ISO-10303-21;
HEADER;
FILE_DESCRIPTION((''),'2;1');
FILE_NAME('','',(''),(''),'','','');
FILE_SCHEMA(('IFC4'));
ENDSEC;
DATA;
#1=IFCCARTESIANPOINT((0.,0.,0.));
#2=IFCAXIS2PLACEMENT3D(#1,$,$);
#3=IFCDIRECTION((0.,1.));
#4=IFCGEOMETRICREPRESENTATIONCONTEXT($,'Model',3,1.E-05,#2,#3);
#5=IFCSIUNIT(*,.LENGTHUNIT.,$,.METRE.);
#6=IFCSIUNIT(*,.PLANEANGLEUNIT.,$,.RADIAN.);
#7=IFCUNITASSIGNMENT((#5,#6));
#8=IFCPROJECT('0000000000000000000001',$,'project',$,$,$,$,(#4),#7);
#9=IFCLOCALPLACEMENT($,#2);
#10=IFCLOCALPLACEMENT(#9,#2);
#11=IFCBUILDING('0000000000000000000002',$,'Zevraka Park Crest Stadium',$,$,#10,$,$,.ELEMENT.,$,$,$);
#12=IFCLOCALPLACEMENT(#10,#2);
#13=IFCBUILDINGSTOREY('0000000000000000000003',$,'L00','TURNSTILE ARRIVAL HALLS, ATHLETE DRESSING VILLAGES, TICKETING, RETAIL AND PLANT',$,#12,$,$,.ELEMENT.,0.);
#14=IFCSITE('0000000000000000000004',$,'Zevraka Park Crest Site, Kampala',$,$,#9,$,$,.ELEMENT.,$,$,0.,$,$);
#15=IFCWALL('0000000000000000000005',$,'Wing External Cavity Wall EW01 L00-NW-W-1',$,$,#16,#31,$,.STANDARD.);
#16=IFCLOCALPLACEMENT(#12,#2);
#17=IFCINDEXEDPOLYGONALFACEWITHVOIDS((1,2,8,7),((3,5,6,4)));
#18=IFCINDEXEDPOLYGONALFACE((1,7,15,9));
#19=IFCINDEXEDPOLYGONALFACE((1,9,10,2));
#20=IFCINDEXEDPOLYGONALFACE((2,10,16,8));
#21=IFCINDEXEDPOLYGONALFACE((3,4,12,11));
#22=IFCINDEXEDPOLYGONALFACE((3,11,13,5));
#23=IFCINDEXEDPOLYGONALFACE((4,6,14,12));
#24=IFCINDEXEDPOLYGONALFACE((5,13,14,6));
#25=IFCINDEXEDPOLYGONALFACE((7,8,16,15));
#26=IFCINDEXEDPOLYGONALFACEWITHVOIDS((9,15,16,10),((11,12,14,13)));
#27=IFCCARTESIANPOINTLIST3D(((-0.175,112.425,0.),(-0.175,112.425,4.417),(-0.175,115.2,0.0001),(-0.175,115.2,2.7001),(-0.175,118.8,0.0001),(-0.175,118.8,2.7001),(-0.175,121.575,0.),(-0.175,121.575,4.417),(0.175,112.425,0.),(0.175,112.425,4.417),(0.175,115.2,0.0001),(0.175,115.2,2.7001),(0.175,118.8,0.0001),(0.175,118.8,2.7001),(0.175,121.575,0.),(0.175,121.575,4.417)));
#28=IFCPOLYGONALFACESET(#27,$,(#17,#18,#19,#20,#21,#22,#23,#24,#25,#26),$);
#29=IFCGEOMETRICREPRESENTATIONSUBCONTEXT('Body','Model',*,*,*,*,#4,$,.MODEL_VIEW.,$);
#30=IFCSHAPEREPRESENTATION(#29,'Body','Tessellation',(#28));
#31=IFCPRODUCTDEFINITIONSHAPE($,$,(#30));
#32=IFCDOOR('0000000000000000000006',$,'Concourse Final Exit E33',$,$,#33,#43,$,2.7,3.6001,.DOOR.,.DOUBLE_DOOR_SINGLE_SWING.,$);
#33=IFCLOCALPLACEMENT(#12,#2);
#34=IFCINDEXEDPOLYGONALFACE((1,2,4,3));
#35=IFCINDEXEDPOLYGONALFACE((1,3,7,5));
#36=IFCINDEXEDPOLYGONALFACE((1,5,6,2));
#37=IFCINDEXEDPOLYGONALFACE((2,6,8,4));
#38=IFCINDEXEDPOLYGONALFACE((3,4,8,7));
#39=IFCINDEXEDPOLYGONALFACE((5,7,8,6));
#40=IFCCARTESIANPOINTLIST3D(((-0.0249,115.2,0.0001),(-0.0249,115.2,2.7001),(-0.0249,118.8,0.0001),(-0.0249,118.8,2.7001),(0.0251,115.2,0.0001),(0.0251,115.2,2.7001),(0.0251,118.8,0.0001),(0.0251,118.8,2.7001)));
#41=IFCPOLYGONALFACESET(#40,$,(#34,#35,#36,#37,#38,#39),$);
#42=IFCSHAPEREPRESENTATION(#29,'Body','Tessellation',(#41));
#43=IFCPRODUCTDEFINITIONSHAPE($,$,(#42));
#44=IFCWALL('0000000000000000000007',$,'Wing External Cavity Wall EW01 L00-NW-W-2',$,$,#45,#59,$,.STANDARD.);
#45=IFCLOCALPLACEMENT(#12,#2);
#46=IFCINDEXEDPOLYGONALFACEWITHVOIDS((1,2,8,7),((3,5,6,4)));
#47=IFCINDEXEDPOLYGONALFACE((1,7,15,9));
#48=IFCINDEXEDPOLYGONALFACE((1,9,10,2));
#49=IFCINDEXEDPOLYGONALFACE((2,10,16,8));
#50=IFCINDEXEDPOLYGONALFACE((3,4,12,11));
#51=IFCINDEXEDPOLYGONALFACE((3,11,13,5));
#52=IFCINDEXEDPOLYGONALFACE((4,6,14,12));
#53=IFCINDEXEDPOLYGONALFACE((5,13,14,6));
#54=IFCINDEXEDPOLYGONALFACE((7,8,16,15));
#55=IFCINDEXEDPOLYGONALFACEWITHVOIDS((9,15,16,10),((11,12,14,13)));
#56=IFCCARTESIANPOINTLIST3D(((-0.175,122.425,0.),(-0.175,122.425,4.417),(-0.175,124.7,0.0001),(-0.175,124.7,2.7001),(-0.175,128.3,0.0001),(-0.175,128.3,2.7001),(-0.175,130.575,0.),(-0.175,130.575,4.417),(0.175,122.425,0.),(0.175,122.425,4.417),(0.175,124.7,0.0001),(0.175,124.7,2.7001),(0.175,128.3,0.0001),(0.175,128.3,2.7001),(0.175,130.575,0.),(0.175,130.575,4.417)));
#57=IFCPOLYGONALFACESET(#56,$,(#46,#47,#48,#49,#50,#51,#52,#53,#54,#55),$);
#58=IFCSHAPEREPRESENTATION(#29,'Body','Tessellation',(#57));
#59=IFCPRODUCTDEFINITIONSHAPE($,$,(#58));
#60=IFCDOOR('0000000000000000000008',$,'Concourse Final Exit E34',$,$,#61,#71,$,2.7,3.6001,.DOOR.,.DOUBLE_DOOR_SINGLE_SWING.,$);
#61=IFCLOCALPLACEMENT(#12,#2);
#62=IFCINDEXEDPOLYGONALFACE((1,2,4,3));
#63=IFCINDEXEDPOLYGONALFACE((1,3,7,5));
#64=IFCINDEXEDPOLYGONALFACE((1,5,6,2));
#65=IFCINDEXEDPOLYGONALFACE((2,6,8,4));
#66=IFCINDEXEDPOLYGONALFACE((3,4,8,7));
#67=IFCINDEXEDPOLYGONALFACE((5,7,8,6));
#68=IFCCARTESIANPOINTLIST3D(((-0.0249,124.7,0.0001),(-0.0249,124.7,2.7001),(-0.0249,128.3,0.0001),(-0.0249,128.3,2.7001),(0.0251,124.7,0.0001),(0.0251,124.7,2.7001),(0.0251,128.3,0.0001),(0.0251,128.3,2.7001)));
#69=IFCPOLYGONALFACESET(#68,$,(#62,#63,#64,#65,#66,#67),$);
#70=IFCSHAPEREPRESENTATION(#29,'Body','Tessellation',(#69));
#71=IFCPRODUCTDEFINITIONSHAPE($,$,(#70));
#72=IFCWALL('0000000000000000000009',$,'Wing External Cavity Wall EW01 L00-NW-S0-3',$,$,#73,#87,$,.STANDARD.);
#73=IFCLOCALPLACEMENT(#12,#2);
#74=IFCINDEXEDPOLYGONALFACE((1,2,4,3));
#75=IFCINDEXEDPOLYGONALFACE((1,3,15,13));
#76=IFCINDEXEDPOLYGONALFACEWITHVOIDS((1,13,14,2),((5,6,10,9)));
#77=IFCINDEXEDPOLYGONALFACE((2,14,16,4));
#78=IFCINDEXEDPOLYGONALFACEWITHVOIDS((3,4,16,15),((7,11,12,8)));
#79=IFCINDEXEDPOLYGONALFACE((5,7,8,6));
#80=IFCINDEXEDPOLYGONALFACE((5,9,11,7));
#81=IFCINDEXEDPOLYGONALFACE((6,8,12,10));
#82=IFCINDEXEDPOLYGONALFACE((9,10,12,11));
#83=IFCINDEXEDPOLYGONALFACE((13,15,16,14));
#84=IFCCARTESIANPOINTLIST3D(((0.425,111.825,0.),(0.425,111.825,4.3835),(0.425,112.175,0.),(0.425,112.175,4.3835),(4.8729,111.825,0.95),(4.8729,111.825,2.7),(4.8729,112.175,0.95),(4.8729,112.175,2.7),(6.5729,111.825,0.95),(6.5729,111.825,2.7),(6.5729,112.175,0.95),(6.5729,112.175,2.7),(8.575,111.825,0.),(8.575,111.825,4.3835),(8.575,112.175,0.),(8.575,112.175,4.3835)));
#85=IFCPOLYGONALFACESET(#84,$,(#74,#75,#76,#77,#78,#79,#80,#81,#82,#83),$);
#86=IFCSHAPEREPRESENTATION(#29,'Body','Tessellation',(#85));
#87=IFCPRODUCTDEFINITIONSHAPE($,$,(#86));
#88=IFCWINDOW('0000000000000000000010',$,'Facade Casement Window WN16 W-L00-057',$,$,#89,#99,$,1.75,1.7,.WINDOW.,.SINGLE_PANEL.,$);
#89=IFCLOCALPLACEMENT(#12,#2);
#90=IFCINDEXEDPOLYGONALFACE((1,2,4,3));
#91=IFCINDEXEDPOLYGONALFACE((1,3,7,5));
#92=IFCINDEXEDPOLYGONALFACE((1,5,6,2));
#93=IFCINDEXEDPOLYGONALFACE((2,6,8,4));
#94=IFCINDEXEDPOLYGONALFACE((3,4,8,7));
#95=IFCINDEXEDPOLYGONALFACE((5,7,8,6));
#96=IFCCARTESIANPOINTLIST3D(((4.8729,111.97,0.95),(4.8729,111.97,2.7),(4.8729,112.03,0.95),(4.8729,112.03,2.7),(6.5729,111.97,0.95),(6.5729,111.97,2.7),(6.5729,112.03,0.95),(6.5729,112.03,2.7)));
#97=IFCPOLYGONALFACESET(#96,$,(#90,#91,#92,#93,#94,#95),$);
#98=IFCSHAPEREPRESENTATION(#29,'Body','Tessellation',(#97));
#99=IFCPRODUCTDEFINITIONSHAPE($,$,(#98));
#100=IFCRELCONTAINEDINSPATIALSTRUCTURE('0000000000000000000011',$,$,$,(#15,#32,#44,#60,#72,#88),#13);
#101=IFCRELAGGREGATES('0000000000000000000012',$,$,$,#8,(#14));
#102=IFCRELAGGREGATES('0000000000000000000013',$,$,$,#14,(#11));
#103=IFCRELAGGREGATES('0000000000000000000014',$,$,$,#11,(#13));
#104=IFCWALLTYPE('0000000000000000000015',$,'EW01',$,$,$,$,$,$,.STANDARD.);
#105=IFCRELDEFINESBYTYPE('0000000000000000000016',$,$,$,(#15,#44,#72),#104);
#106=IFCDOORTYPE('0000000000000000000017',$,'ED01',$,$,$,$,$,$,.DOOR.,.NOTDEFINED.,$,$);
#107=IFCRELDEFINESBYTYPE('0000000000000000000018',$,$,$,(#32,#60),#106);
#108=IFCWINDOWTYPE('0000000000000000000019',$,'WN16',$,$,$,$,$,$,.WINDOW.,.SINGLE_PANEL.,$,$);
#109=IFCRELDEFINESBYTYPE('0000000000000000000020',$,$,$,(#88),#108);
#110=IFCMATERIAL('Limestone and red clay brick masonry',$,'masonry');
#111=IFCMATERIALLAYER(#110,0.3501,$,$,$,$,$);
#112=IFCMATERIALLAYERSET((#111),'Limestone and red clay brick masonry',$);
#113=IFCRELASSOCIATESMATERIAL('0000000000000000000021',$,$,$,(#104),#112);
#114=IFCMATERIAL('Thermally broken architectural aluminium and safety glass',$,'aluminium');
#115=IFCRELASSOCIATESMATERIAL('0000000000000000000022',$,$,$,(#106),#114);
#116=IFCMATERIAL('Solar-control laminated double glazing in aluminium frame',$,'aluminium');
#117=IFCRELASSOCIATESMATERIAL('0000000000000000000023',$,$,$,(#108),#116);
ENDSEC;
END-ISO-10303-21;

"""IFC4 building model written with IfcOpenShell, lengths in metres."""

from ifc_helpers import new_model, si_unit, direction, frame, frame_2d, origin, place, context, subcontext, project, spatial, rectangle, extrude, material, layer, layer_set, type_object, element, fill, save


model = new_model("IFC4")

# Units and contexts
model_context = context("Model", 3, precision=1e-05, world=origin(), true_north=direction((0.0, 1.0)))
body_context = subcontext(model_context, "Body", "Model", "MODEL_VIEW")
ifc_project = project(units=[si_unit("LENGTHUNIT", "METRE"), si_unit("PLANEANGLEUNIT", "RADIAN")], contexts=[model_context])

# Site, building, storey
site_placement = place(None, origin())
site = spatial("IfcSite", under=ifc_project, at=site_placement, Name="Zevraka Park Crest Site, Kampala", CompositionType="ELEMENT", RefElevation=0.0)
building_placement = place(site_placement, origin())
building = spatial("IfcBuilding", under=site, at=building_placement, Name="Zevraka Park Crest Stadium", CompositionType="ELEMENT")
storey_placement = place(building_placement, origin())
storey = spatial("IfcBuildingStorey", under=building, at=storey_placement, Name="L00", Description="TURNSTILE ARRIVAL HALLS, ATHLETE DRESSING VILLAGES, TICKETING, RETAIL AND PLANT", CompositionType="ELEMENT", Elevation=0.0)

# Walls, openings, doors
ifc_material_1 = material(Name="Limestone and red clay brick masonry", Category="masonry")
ifc_layer = layer(ifc_material_1, 0.3501)
ifc_layer_set = layer_set([ifc_layer], Name="Limestone and red clay brick masonry")
wall_type = type_object("IfcWallType", Name="EW01", PredefinedType="STANDARD", material=ifc_layer_set)
wall_1_placement = place(storey_placement, frame((0.0, 112.425, 0.0), z_axis=(0.0, 0.0, 1.0), x_axis=(0.0, 1.0, 0.0)))
wall_1 = element("IfcWall", 1, at=wall_1_placement, inside=storey, type_object=wall_type, Name="Wing External Cavity Wall EW01 L00-NW-W-1", PredefinedType="STANDARD", context=body_context, shape_type="SweptSolid", body=[
    extrude(rectangle(XDim=9.1499, YDim=0.3501, at=frame_2d((4.575, 0.0))), origin(), (0.0, 0.0, 1.0), 4.417),
])
opening_1_placement = place(wall_1_placement, frame((2.7749, 0.0, 0.0)))
opening_1 = element("IfcOpeningElement", 2, at=opening_1_placement, cuts=wall_1, PredefinedType="OPENING", context=body_context, shape_type="SweptSolid", body=[
    extrude(rectangle(XDim=3.6001, YDim=2.7, at=frame_2d((1.8, 1.3501))), frame((0.0, 0.1851, 0.0), z_axis=(0.0, -1.0, 0.0), x_axis=(1.0, 0.0, 0.0)), (0.0, 0.0, 1.0), 0.3701),
])
ifc_material_2 = material(Name="Thermally broken architectural aluminium and safety glass", Category="aluminium")
door_type = type_object("IfcDoorType", Name="ED01", OperationType="NOTDEFINED", PredefinedType="DOOR", material=ifc_material_2)
door_1_placement = place(opening_1_placement, origin())
door_1 = element("IfcDoor", 3, at=door_1_placement, inside=storey, type_object=door_type, Name="Concourse Final Exit E33", OperationType="DOUBLE_DOOR_SINGLE_SWING", OverallHeight=2.7, OverallWidth=3.6001, PredefinedType="DOOR", context=body_context, shape_type="SweptSolid", body=[
    extrude(rectangle(XDim=3.6001, YDim=2.7, at=frame_2d((1.8, 1.3501))), frame((0.0, 0.0249, 0.0), z_axis=(0.0, -1.0, 0.0), x_axis=(1.0, 0.0, 0.0)), (0.0, 0.0, 1.0), 0.05),
])
fill(opening_1, door_1)
wall_2_placement = place(storey_placement, frame((0.0, 122.425, 0.0), z_axis=(0.0, 0.0, 1.0), x_axis=(0.0, 1.0, 0.0)))
wall_2 = element("IfcWall", 4, at=wall_2_placement, inside=storey, type_object=wall_type, Name="Wing External Cavity Wall EW01 L00-NW-W-2", PredefinedType="STANDARD", context=body_context, shape_type="SweptSolid", body=[
    extrude(rectangle(XDim=8.1499, YDim=0.3501, at=frame_2d((4.075, 0.0))), origin(), (0.0, 0.0, 1.0), 4.417),
])
opening_2_placement = place(wall_2_placement, frame((2.2749, 0.0, 0.0)))
opening_2 = element("IfcOpeningElement", 5, at=opening_2_placement, cuts=wall_2, PredefinedType="OPENING", context=body_context, shape_type="SweptSolid", body=[
    extrude(rectangle(XDim=3.6001, YDim=2.7, at=frame_2d((1.8, 1.3501))), frame((0.0, 0.1851, 0.0), z_axis=(0.0, -1.0, 0.0), x_axis=(1.0, 0.0, 0.0)), (0.0, 0.0, 1.0), 0.3701),
])
door_2_placement = place(opening_2_placement, origin())
door_2 = element("IfcDoor", 6, at=door_2_placement, inside=storey, type_object=door_type, Name="Concourse Final Exit E34", OperationType="DOUBLE_DOOR_SINGLE_SWING", OverallHeight=2.7, OverallWidth=3.6001, PredefinedType="DOOR", context=body_context, shape_type="SweptSolid", body=[
    extrude(rectangle(XDim=3.6001, YDim=2.7, at=frame_2d((1.8, 1.3501))), frame((0.0, 0.0249, 0.0), z_axis=(0.0, -1.0, 0.0), x_axis=(1.0, 0.0, 0.0)), (0.0, 0.0, 1.0), 0.05),
])
fill(opening_2, door_2)

# Wall, opening, window
wall_3_placement = place(storey_placement, frame((8.575, 112.0, 0.0), z_axis=(0.0, 0.0, 1.0), x_axis=(-1.0, 0.0, 0.0)))
wall_3 = element("IfcWall", 7, at=wall_3_placement, inside=storey, type_object=wall_type, Name="Wing External Cavity Wall EW01 L00-NW-S0-3", PredefinedType="STANDARD", context=body_context, shape_type="SweptSolid", body=[
    extrude(rectangle(XDim=8.1499, YDim=0.3501, at=frame_2d((4.075, 0.0))), origin(), (0.0, 0.0, 1.0), 4.3835),
])
opening_3_placement = place(wall_3_placement, frame((2.002, 0.0, 0.95)))
opening_3 = element("IfcOpeningElement", 8, at=opening_3_placement, cuts=wall_3, PredefinedType="OPENING", context=body_context, shape_type="SweptSolid", body=[
    extrude(rectangle(XDim=1.7, YDim=1.75, at=frame_2d((0.8501, 0.875))), frame((0.0, 0.1851, 0.0), z_axis=(0.0, -1.0, 0.0), x_axis=(1.0, 0.0, 0.0)), (0.0, 0.0, 1.0), 0.3701),
])
ifc_material_3 = material(Name="Solar-control laminated double glazing in aluminium frame", Category="aluminium")
window_type = type_object("IfcWindowType", Name="WN16", PartitioningType="SINGLE_PANEL", PredefinedType="WINDOW", material=ifc_material_3)
window_placement = place(opening_3_placement, origin())
window = element("IfcWindow", 9, at=window_placement, inside=storey, type_object=window_type, Name="Facade Casement Window WN16 W-L00-057", OverallHeight=1.75, OverallWidth=1.7, PartitioningType="SINGLE_PANEL", PredefinedType="WINDOW", context=body_context, shape_type="SweptSolid", body=[
    extrude(rectangle(XDim=1.7, YDim=1.75, at=frame_2d((0.8501, 0.875))), frame((0.0, 0.03, 0.0), z_axis=(0.0, -1.0, 0.0), x_axis=(1.0, 0.0, 0.0)), (0.0, 0.0, 1.0), 0.0601),
])
fill(opening_3, window)

save(model, "model.ifc")
